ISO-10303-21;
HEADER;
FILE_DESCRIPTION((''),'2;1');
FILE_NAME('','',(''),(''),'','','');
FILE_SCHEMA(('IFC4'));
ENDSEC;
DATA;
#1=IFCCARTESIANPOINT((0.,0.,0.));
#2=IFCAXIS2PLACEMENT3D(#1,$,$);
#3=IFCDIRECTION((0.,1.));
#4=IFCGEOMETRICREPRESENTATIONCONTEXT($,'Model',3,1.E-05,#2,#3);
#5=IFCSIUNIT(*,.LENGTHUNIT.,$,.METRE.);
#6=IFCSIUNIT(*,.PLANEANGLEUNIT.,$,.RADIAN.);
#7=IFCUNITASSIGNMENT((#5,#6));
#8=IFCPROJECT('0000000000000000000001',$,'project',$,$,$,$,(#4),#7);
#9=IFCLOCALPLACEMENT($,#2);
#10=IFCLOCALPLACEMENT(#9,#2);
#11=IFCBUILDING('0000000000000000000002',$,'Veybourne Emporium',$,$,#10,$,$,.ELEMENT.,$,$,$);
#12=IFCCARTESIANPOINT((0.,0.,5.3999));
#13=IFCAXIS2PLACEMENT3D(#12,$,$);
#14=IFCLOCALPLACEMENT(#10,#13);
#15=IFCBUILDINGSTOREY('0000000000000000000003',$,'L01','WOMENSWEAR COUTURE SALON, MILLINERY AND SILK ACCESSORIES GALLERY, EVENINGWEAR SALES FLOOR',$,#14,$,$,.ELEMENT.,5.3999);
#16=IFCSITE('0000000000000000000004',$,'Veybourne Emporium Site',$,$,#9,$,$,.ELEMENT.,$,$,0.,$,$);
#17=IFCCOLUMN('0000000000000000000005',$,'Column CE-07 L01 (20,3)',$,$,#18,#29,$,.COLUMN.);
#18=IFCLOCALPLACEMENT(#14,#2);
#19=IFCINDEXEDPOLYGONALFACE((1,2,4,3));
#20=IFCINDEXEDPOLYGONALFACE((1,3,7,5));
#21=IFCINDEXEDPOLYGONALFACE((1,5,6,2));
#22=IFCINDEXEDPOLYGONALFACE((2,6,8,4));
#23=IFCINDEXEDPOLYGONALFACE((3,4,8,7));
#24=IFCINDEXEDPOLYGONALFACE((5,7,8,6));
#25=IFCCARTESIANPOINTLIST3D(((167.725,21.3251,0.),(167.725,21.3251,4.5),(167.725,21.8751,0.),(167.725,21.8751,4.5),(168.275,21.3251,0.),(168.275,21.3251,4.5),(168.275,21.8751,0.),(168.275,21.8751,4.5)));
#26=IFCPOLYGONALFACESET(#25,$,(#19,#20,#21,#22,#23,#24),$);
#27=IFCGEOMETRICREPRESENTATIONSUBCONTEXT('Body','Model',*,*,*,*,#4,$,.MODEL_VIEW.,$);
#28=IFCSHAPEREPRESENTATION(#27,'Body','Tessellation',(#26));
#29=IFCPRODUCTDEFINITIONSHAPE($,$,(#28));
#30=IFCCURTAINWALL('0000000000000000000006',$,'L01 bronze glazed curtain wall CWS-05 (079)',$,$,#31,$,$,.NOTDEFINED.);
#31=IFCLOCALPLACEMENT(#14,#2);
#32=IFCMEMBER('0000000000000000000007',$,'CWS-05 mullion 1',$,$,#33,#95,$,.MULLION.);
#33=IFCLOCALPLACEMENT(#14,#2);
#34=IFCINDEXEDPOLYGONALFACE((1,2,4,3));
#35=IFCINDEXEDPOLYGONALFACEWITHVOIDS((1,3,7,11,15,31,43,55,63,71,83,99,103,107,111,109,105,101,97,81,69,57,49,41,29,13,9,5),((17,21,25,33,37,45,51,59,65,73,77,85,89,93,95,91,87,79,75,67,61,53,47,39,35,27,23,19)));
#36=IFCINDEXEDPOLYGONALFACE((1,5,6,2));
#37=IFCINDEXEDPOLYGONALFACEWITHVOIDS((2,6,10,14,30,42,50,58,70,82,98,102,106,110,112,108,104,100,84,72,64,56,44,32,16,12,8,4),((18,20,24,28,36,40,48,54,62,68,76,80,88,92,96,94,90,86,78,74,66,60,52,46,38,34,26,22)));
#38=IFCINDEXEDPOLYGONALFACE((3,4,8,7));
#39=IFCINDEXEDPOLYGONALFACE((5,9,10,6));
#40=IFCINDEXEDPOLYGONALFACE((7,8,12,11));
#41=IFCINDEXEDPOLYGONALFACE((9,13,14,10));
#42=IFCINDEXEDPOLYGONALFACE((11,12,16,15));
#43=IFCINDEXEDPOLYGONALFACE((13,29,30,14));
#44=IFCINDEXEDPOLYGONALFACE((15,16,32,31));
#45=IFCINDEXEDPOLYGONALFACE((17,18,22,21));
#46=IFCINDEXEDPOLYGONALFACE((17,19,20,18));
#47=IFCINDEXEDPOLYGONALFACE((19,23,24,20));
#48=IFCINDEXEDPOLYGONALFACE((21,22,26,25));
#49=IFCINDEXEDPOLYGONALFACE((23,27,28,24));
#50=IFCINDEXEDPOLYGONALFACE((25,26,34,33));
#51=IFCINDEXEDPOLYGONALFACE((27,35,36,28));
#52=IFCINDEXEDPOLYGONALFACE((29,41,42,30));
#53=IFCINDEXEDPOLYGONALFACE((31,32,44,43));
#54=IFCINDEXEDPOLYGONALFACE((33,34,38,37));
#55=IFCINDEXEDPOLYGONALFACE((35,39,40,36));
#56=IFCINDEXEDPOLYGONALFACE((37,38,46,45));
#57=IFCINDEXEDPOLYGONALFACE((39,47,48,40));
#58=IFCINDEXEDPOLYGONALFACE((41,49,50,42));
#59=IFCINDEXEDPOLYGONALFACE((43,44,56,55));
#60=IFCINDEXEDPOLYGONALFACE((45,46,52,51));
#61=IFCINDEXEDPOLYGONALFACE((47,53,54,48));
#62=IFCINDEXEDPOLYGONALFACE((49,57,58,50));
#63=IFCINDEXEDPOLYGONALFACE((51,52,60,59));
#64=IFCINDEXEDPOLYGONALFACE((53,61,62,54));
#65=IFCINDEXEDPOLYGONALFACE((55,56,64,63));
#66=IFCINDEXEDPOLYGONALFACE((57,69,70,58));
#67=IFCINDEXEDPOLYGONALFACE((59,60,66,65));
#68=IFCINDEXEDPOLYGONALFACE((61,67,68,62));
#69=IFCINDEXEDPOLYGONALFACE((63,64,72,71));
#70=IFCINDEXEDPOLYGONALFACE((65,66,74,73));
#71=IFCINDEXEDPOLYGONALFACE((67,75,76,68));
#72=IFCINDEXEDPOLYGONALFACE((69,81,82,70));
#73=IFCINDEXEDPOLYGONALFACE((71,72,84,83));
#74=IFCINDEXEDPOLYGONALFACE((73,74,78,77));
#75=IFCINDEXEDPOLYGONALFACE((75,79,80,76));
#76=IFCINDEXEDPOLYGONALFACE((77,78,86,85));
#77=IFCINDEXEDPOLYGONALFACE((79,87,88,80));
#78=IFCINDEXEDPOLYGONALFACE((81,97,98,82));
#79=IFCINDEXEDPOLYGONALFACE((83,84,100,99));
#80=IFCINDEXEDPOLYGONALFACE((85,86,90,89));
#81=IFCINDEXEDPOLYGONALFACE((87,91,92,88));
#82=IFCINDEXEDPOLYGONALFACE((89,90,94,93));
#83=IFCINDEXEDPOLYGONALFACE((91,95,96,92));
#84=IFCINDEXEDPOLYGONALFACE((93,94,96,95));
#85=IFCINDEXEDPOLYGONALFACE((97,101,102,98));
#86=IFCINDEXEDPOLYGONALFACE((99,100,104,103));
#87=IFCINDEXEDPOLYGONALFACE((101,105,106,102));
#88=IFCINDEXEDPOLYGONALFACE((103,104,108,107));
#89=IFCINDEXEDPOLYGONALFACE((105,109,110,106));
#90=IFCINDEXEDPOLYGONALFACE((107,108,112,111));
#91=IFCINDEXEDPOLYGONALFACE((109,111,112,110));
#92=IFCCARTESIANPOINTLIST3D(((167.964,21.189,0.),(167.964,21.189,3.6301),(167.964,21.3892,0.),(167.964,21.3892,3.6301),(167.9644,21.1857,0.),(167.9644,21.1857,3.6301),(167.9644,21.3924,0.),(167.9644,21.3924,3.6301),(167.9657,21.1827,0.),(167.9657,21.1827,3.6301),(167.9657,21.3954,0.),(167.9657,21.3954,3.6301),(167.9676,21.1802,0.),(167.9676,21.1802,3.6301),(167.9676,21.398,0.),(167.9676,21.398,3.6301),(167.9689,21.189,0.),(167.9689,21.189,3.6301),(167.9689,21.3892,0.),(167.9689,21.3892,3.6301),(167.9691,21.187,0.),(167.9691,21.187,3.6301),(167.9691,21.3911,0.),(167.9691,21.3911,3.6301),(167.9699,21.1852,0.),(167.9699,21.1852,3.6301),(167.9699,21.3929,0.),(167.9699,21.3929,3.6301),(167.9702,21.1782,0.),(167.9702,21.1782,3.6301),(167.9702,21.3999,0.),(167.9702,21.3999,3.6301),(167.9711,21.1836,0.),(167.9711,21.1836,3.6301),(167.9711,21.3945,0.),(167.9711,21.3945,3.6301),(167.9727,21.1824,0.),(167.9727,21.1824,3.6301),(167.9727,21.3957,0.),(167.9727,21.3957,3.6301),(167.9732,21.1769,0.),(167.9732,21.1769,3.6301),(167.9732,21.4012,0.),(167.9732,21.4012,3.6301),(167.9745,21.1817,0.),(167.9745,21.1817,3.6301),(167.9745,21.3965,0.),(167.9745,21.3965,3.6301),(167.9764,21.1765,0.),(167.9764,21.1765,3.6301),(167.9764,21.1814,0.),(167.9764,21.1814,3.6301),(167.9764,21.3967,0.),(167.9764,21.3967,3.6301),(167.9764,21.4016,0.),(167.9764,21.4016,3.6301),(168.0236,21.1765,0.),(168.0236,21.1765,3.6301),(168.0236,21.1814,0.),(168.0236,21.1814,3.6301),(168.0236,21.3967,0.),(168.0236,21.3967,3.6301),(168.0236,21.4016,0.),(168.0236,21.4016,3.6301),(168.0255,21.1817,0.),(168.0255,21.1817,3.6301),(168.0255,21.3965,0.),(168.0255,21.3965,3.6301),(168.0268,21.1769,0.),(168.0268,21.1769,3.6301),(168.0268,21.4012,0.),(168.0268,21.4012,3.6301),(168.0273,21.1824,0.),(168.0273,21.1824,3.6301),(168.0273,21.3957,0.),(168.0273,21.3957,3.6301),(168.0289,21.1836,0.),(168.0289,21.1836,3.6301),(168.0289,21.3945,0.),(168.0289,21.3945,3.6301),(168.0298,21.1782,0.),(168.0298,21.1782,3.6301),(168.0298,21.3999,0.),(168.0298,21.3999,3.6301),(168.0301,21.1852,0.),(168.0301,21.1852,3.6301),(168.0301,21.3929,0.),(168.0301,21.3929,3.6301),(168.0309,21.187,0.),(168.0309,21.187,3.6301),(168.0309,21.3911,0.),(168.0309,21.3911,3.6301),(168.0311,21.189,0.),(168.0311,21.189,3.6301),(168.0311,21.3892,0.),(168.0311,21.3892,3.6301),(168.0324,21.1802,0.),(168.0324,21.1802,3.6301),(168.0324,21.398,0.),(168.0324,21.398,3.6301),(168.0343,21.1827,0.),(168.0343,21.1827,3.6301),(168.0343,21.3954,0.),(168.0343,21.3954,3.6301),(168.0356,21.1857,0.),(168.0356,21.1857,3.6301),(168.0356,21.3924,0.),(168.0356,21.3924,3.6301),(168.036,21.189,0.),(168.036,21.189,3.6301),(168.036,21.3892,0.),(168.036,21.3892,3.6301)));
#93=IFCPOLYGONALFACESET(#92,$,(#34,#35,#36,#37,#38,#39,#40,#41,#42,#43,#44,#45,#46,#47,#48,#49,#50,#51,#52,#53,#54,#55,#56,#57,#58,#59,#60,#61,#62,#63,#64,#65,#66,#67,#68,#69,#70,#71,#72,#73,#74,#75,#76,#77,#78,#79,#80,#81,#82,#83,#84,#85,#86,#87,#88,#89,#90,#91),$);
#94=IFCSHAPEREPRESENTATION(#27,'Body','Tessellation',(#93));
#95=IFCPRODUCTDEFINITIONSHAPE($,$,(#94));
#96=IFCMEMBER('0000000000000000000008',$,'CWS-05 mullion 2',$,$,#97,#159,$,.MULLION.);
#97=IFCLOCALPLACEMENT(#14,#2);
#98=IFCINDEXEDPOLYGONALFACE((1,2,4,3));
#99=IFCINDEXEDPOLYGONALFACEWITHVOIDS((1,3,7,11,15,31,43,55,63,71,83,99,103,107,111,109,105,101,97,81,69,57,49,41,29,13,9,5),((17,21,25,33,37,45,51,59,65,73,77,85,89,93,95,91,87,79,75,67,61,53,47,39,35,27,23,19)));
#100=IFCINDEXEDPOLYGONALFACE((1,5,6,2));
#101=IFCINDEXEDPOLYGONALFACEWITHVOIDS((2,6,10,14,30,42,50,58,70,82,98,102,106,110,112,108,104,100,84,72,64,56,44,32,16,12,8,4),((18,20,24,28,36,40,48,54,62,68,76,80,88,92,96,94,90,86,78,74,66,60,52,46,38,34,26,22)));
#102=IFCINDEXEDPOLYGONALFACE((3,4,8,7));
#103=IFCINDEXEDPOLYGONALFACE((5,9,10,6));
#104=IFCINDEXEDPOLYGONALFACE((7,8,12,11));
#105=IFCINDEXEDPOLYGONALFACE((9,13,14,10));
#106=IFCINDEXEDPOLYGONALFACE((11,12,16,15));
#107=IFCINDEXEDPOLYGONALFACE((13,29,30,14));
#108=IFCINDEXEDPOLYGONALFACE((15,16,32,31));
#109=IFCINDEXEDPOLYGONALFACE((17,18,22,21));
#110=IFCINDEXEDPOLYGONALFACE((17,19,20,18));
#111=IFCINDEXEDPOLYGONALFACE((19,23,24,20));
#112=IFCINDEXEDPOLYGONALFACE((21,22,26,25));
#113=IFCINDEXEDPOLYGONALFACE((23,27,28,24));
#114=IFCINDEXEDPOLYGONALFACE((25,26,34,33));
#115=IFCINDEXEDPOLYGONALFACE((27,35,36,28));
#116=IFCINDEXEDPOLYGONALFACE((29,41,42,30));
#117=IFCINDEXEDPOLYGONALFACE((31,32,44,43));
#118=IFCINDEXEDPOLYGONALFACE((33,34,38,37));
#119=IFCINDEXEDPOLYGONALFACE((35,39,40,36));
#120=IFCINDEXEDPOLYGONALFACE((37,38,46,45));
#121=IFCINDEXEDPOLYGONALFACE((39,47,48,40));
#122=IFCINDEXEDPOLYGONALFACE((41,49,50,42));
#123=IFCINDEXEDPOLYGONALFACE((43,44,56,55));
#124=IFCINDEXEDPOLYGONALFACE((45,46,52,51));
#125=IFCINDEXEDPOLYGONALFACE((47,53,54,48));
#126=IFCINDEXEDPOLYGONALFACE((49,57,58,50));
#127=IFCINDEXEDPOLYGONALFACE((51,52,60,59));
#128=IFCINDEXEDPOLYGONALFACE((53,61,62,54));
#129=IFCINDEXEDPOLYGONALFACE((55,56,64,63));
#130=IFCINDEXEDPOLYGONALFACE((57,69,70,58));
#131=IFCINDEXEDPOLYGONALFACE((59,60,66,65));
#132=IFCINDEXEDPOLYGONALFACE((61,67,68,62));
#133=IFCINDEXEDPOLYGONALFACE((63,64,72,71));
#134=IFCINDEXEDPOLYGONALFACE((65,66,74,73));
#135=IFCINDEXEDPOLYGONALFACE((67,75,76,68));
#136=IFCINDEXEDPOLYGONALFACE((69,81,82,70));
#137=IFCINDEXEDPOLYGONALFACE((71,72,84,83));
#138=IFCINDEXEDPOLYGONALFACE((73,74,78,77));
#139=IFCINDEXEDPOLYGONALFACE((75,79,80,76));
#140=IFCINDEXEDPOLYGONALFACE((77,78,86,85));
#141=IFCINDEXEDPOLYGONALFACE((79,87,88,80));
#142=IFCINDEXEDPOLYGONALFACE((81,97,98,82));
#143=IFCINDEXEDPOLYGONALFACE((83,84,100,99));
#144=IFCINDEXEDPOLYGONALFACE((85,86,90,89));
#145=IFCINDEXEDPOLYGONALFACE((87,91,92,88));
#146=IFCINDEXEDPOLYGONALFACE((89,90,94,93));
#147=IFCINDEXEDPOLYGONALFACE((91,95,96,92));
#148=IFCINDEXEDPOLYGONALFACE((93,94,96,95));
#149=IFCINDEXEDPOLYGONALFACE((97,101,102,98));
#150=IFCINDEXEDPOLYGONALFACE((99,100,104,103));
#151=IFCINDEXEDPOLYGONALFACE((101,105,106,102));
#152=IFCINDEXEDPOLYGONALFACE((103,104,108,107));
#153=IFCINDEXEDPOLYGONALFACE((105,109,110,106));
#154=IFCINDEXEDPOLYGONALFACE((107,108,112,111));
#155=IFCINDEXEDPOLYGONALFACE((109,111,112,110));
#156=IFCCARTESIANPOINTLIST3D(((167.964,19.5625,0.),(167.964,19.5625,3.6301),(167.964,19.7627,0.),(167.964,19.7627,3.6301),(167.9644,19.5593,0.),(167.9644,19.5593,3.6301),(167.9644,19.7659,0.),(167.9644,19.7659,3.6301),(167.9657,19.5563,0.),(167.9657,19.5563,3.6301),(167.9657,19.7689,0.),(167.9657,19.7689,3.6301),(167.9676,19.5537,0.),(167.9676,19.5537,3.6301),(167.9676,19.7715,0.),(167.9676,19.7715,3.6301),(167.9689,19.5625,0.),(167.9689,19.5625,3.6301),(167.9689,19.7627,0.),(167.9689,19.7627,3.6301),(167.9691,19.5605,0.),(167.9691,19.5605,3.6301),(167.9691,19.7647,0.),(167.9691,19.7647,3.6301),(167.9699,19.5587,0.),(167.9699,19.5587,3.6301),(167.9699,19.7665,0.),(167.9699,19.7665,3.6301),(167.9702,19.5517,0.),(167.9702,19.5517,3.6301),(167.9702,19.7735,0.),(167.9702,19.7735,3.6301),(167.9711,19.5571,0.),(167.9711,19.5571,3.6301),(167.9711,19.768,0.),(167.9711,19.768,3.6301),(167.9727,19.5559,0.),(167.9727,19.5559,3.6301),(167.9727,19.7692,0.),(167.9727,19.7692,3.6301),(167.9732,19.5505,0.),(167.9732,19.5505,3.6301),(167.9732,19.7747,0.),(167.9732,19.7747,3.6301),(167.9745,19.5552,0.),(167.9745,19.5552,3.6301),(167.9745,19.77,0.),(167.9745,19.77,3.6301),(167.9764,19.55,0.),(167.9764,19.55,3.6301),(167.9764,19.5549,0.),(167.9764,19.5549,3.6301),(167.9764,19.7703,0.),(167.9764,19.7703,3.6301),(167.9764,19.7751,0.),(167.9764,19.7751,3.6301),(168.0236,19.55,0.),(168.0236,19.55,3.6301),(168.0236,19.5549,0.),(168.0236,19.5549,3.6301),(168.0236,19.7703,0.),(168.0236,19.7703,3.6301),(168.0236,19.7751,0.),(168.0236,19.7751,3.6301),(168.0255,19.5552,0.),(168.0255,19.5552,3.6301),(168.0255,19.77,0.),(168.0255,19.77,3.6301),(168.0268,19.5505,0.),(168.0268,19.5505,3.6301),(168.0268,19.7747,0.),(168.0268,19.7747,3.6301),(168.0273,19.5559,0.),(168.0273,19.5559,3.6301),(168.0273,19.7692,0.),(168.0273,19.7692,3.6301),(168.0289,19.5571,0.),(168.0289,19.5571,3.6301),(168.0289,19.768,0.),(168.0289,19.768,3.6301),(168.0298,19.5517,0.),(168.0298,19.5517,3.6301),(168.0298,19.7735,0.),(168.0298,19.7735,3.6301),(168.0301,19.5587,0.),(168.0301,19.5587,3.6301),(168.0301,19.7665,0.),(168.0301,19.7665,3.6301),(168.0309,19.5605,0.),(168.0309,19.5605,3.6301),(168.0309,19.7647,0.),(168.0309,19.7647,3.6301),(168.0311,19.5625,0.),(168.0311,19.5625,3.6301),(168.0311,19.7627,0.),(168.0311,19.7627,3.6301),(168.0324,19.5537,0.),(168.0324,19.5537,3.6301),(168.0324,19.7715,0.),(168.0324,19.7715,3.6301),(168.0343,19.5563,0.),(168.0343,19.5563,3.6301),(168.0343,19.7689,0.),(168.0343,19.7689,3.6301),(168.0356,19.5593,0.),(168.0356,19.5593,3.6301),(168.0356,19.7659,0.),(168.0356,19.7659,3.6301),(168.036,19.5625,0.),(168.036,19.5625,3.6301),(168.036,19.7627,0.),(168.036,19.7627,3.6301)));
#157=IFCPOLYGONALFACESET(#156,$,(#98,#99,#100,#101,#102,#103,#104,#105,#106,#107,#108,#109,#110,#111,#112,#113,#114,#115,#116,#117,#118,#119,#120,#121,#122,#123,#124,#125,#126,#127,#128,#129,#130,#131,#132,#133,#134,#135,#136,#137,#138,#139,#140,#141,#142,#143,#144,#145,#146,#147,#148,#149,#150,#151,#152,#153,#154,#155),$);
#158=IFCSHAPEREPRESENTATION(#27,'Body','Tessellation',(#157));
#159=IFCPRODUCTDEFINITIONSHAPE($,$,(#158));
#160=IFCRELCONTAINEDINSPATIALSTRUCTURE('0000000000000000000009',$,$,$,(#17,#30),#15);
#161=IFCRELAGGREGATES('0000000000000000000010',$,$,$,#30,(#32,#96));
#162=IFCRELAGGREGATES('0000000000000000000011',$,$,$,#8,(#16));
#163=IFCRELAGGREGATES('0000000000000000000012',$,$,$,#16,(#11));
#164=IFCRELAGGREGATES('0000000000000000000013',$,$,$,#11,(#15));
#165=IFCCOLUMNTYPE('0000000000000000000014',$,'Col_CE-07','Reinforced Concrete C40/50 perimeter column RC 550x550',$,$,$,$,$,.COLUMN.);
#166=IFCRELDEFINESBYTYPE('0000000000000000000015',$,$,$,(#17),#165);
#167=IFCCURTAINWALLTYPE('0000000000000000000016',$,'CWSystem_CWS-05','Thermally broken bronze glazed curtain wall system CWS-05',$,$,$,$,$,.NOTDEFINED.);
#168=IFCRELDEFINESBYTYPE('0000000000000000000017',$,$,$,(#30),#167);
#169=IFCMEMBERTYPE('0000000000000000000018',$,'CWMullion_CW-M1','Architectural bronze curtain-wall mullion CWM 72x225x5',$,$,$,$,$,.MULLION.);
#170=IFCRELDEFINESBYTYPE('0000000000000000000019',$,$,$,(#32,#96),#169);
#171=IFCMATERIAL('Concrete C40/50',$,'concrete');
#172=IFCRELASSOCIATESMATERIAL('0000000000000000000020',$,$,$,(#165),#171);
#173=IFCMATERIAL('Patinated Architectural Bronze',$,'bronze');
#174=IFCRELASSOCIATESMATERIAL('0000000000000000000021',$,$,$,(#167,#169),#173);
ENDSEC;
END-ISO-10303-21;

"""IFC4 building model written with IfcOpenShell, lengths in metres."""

from ifc_helpers import new_model, si_unit, direction, frame, origin, origin_2d, place, context, subcontext, project, spatial, rectangle, hollow_rectangle, extrude, material, material_profile, profile_set, type_object, element, aggregate, save


model = new_model("IFC4")

# Units and contexts
model_context = context("Model", 3, precision=1e-05, world=origin(), true_north=direction((0.0, 1.0)))
body_context = subcontext(model_context, "Body", "Model", "MODEL_VIEW")
ifc_project = project(units=[si_unit("LENGTHUNIT", "METRE"), si_unit("PLANEANGLEUNIT", "RADIAN")], contexts=[model_context])

# Site, building, storey
site_placement = place(None, origin())
site = spatial("IfcSite", under=ifc_project, at=site_placement, Name="Veybourne Emporium Site", CompositionType="ELEMENT", RefElevation=0.0)
building_placement = place(site_placement, origin())
building = spatial("IfcBuilding", under=site, at=building_placement, Name="Veybourne Emporium", CompositionType="ELEMENT")
storey_placement = place(building_placement, frame((0.0, 0.0, 5.3999)))
storey = spatial("IfcBuildingStorey", under=building, at=storey_placement, Name="L01", Description="WOMENSWEAR COUTURE SALON, MILLINERY AND SILK ACCESSORIES GALLERY, EVENINGWEAR SALES FLOOR", CompositionType="ELEMENT", Elevation=5.3999)

# Column
ifc_material_1 = material(Name="Concrete C40/50", Category="concrete")
ifc_material_profile_1 = material_profile(ifc_material_1, rectangle(XDim=0.55, YDim=0.55, at=origin_2d()), Name="RC 550x550")
ifc_profile_set_1 = profile_set([ifc_material_profile_1], Name="Concrete C40/50")
column_type = type_object("IfcColumnType", Name="Col_CE-07", Description="Reinforced Concrete C40/50 perimeter column RC 550x550", PredefinedType="COLUMN", material=ifc_profile_set_1)
column_placement = place(storey_placement, frame((168.0, 21.6001, 0.0), z_axis=(0.0, 0.0, 1.0), x_axis=(1.0, 0.0, 0.0)))
element("IfcColumn", 1, at=column_placement, inside=storey, type_object=column_type, Name="Column CE-07 L01 (20,3)", PredefinedType="COLUMN", context=body_context, shape_type="SweptSolid", body=[
    extrude(rectangle(XDim=0.55, YDim=0.55, at=origin_2d()), origin(), (0.0, 0.0, 1.0), 4.5),
])

# Curtain wall, members
ifc_material_2 = material(Name="Patinated Architectural Bronze", Category="bronze")
curtain_wall_type = type_object("IfcCurtainWallType", Name="CWSystem_CWS-05", Description="Thermally broken bronze glazed curtain wall system CWS-05", PredefinedType="NOTDEFINED", material=ifc_material_2)
curtain_wall_placement = place(storey_placement, origin())
curtain_wall = element("IfcCurtainWall", 2, at=curtain_wall_placement, inside=storey, type_object=curtain_wall_type, Name="L01 bronze glazed curtain wall CWS-05 (079)", PredefinedType="NOTDEFINED")
ifc_material_profile_2 = material_profile(ifc_material_2, hollow_rectangle(XDim=0.072, YDim=0.2251, WallThickness=0.0049, InnerFilletRadius=0.0076, OuterFilletRadius=0.0125, at=origin_2d()), Name="CWM 72x225x5")
ifc_profile_set_2 = profile_set([ifc_material_profile_2], Name="Patinated Architectural Bronze")
member_type_1 = type_object("IfcMemberType", Name="CWMullion_CW-M1", Description="Architectural bronze curtain-wall mullion CWM 72x225x5", PredefinedType="MULLION", material=ifc_profile_set_2)
member_1_placement = place(storey_placement, frame((168.0, 21.2891, 0.0), z_axis=(0.0, 0.0, 1.0), x_axis=(1.0, 0.0, 0.0)))
member_1 = element("IfcMember", 3, at=member_1_placement, type_object=member_type_1, Name="CWS-05 mullion 1", PredefinedType="MULLION", context=body_context, shape_type="SweptSolid", body=[
    extrude(hollow_rectangle(XDim=0.072, YDim=0.2251, WallThickness=0.0049, InnerFilletRadius=0.0076, OuterFilletRadius=0.0125, at=origin_2d()), origin(), (0.0, 0.0, 1.0), 3.6301),
])
member_2_placement = place(storey_placement, frame((168.0, 19.6626, 0.0), z_axis=(0.0, 0.0, 1.0), x_axis=(1.0, 0.0, 0.0)))
member_2 = element("IfcMember", 4, at=member_2_placement, type_object=member_type_1, Name="CWS-05 mullion 2", PredefinedType="MULLION", context=body_context, shape_type="SweptSolid", body=[
    extrude(hollow_rectangle(XDim=0.072, YDim=0.2251, WallThickness=0.0049, InnerFilletRadius=0.0076, OuterFilletRadius=0.0125, at=origin_2d()), origin(), (0.0, 0.0, 1.0), 3.6301),
])
aggregate(curtain_wall, [member_1, member_2])

save(model, "model.ifc")
